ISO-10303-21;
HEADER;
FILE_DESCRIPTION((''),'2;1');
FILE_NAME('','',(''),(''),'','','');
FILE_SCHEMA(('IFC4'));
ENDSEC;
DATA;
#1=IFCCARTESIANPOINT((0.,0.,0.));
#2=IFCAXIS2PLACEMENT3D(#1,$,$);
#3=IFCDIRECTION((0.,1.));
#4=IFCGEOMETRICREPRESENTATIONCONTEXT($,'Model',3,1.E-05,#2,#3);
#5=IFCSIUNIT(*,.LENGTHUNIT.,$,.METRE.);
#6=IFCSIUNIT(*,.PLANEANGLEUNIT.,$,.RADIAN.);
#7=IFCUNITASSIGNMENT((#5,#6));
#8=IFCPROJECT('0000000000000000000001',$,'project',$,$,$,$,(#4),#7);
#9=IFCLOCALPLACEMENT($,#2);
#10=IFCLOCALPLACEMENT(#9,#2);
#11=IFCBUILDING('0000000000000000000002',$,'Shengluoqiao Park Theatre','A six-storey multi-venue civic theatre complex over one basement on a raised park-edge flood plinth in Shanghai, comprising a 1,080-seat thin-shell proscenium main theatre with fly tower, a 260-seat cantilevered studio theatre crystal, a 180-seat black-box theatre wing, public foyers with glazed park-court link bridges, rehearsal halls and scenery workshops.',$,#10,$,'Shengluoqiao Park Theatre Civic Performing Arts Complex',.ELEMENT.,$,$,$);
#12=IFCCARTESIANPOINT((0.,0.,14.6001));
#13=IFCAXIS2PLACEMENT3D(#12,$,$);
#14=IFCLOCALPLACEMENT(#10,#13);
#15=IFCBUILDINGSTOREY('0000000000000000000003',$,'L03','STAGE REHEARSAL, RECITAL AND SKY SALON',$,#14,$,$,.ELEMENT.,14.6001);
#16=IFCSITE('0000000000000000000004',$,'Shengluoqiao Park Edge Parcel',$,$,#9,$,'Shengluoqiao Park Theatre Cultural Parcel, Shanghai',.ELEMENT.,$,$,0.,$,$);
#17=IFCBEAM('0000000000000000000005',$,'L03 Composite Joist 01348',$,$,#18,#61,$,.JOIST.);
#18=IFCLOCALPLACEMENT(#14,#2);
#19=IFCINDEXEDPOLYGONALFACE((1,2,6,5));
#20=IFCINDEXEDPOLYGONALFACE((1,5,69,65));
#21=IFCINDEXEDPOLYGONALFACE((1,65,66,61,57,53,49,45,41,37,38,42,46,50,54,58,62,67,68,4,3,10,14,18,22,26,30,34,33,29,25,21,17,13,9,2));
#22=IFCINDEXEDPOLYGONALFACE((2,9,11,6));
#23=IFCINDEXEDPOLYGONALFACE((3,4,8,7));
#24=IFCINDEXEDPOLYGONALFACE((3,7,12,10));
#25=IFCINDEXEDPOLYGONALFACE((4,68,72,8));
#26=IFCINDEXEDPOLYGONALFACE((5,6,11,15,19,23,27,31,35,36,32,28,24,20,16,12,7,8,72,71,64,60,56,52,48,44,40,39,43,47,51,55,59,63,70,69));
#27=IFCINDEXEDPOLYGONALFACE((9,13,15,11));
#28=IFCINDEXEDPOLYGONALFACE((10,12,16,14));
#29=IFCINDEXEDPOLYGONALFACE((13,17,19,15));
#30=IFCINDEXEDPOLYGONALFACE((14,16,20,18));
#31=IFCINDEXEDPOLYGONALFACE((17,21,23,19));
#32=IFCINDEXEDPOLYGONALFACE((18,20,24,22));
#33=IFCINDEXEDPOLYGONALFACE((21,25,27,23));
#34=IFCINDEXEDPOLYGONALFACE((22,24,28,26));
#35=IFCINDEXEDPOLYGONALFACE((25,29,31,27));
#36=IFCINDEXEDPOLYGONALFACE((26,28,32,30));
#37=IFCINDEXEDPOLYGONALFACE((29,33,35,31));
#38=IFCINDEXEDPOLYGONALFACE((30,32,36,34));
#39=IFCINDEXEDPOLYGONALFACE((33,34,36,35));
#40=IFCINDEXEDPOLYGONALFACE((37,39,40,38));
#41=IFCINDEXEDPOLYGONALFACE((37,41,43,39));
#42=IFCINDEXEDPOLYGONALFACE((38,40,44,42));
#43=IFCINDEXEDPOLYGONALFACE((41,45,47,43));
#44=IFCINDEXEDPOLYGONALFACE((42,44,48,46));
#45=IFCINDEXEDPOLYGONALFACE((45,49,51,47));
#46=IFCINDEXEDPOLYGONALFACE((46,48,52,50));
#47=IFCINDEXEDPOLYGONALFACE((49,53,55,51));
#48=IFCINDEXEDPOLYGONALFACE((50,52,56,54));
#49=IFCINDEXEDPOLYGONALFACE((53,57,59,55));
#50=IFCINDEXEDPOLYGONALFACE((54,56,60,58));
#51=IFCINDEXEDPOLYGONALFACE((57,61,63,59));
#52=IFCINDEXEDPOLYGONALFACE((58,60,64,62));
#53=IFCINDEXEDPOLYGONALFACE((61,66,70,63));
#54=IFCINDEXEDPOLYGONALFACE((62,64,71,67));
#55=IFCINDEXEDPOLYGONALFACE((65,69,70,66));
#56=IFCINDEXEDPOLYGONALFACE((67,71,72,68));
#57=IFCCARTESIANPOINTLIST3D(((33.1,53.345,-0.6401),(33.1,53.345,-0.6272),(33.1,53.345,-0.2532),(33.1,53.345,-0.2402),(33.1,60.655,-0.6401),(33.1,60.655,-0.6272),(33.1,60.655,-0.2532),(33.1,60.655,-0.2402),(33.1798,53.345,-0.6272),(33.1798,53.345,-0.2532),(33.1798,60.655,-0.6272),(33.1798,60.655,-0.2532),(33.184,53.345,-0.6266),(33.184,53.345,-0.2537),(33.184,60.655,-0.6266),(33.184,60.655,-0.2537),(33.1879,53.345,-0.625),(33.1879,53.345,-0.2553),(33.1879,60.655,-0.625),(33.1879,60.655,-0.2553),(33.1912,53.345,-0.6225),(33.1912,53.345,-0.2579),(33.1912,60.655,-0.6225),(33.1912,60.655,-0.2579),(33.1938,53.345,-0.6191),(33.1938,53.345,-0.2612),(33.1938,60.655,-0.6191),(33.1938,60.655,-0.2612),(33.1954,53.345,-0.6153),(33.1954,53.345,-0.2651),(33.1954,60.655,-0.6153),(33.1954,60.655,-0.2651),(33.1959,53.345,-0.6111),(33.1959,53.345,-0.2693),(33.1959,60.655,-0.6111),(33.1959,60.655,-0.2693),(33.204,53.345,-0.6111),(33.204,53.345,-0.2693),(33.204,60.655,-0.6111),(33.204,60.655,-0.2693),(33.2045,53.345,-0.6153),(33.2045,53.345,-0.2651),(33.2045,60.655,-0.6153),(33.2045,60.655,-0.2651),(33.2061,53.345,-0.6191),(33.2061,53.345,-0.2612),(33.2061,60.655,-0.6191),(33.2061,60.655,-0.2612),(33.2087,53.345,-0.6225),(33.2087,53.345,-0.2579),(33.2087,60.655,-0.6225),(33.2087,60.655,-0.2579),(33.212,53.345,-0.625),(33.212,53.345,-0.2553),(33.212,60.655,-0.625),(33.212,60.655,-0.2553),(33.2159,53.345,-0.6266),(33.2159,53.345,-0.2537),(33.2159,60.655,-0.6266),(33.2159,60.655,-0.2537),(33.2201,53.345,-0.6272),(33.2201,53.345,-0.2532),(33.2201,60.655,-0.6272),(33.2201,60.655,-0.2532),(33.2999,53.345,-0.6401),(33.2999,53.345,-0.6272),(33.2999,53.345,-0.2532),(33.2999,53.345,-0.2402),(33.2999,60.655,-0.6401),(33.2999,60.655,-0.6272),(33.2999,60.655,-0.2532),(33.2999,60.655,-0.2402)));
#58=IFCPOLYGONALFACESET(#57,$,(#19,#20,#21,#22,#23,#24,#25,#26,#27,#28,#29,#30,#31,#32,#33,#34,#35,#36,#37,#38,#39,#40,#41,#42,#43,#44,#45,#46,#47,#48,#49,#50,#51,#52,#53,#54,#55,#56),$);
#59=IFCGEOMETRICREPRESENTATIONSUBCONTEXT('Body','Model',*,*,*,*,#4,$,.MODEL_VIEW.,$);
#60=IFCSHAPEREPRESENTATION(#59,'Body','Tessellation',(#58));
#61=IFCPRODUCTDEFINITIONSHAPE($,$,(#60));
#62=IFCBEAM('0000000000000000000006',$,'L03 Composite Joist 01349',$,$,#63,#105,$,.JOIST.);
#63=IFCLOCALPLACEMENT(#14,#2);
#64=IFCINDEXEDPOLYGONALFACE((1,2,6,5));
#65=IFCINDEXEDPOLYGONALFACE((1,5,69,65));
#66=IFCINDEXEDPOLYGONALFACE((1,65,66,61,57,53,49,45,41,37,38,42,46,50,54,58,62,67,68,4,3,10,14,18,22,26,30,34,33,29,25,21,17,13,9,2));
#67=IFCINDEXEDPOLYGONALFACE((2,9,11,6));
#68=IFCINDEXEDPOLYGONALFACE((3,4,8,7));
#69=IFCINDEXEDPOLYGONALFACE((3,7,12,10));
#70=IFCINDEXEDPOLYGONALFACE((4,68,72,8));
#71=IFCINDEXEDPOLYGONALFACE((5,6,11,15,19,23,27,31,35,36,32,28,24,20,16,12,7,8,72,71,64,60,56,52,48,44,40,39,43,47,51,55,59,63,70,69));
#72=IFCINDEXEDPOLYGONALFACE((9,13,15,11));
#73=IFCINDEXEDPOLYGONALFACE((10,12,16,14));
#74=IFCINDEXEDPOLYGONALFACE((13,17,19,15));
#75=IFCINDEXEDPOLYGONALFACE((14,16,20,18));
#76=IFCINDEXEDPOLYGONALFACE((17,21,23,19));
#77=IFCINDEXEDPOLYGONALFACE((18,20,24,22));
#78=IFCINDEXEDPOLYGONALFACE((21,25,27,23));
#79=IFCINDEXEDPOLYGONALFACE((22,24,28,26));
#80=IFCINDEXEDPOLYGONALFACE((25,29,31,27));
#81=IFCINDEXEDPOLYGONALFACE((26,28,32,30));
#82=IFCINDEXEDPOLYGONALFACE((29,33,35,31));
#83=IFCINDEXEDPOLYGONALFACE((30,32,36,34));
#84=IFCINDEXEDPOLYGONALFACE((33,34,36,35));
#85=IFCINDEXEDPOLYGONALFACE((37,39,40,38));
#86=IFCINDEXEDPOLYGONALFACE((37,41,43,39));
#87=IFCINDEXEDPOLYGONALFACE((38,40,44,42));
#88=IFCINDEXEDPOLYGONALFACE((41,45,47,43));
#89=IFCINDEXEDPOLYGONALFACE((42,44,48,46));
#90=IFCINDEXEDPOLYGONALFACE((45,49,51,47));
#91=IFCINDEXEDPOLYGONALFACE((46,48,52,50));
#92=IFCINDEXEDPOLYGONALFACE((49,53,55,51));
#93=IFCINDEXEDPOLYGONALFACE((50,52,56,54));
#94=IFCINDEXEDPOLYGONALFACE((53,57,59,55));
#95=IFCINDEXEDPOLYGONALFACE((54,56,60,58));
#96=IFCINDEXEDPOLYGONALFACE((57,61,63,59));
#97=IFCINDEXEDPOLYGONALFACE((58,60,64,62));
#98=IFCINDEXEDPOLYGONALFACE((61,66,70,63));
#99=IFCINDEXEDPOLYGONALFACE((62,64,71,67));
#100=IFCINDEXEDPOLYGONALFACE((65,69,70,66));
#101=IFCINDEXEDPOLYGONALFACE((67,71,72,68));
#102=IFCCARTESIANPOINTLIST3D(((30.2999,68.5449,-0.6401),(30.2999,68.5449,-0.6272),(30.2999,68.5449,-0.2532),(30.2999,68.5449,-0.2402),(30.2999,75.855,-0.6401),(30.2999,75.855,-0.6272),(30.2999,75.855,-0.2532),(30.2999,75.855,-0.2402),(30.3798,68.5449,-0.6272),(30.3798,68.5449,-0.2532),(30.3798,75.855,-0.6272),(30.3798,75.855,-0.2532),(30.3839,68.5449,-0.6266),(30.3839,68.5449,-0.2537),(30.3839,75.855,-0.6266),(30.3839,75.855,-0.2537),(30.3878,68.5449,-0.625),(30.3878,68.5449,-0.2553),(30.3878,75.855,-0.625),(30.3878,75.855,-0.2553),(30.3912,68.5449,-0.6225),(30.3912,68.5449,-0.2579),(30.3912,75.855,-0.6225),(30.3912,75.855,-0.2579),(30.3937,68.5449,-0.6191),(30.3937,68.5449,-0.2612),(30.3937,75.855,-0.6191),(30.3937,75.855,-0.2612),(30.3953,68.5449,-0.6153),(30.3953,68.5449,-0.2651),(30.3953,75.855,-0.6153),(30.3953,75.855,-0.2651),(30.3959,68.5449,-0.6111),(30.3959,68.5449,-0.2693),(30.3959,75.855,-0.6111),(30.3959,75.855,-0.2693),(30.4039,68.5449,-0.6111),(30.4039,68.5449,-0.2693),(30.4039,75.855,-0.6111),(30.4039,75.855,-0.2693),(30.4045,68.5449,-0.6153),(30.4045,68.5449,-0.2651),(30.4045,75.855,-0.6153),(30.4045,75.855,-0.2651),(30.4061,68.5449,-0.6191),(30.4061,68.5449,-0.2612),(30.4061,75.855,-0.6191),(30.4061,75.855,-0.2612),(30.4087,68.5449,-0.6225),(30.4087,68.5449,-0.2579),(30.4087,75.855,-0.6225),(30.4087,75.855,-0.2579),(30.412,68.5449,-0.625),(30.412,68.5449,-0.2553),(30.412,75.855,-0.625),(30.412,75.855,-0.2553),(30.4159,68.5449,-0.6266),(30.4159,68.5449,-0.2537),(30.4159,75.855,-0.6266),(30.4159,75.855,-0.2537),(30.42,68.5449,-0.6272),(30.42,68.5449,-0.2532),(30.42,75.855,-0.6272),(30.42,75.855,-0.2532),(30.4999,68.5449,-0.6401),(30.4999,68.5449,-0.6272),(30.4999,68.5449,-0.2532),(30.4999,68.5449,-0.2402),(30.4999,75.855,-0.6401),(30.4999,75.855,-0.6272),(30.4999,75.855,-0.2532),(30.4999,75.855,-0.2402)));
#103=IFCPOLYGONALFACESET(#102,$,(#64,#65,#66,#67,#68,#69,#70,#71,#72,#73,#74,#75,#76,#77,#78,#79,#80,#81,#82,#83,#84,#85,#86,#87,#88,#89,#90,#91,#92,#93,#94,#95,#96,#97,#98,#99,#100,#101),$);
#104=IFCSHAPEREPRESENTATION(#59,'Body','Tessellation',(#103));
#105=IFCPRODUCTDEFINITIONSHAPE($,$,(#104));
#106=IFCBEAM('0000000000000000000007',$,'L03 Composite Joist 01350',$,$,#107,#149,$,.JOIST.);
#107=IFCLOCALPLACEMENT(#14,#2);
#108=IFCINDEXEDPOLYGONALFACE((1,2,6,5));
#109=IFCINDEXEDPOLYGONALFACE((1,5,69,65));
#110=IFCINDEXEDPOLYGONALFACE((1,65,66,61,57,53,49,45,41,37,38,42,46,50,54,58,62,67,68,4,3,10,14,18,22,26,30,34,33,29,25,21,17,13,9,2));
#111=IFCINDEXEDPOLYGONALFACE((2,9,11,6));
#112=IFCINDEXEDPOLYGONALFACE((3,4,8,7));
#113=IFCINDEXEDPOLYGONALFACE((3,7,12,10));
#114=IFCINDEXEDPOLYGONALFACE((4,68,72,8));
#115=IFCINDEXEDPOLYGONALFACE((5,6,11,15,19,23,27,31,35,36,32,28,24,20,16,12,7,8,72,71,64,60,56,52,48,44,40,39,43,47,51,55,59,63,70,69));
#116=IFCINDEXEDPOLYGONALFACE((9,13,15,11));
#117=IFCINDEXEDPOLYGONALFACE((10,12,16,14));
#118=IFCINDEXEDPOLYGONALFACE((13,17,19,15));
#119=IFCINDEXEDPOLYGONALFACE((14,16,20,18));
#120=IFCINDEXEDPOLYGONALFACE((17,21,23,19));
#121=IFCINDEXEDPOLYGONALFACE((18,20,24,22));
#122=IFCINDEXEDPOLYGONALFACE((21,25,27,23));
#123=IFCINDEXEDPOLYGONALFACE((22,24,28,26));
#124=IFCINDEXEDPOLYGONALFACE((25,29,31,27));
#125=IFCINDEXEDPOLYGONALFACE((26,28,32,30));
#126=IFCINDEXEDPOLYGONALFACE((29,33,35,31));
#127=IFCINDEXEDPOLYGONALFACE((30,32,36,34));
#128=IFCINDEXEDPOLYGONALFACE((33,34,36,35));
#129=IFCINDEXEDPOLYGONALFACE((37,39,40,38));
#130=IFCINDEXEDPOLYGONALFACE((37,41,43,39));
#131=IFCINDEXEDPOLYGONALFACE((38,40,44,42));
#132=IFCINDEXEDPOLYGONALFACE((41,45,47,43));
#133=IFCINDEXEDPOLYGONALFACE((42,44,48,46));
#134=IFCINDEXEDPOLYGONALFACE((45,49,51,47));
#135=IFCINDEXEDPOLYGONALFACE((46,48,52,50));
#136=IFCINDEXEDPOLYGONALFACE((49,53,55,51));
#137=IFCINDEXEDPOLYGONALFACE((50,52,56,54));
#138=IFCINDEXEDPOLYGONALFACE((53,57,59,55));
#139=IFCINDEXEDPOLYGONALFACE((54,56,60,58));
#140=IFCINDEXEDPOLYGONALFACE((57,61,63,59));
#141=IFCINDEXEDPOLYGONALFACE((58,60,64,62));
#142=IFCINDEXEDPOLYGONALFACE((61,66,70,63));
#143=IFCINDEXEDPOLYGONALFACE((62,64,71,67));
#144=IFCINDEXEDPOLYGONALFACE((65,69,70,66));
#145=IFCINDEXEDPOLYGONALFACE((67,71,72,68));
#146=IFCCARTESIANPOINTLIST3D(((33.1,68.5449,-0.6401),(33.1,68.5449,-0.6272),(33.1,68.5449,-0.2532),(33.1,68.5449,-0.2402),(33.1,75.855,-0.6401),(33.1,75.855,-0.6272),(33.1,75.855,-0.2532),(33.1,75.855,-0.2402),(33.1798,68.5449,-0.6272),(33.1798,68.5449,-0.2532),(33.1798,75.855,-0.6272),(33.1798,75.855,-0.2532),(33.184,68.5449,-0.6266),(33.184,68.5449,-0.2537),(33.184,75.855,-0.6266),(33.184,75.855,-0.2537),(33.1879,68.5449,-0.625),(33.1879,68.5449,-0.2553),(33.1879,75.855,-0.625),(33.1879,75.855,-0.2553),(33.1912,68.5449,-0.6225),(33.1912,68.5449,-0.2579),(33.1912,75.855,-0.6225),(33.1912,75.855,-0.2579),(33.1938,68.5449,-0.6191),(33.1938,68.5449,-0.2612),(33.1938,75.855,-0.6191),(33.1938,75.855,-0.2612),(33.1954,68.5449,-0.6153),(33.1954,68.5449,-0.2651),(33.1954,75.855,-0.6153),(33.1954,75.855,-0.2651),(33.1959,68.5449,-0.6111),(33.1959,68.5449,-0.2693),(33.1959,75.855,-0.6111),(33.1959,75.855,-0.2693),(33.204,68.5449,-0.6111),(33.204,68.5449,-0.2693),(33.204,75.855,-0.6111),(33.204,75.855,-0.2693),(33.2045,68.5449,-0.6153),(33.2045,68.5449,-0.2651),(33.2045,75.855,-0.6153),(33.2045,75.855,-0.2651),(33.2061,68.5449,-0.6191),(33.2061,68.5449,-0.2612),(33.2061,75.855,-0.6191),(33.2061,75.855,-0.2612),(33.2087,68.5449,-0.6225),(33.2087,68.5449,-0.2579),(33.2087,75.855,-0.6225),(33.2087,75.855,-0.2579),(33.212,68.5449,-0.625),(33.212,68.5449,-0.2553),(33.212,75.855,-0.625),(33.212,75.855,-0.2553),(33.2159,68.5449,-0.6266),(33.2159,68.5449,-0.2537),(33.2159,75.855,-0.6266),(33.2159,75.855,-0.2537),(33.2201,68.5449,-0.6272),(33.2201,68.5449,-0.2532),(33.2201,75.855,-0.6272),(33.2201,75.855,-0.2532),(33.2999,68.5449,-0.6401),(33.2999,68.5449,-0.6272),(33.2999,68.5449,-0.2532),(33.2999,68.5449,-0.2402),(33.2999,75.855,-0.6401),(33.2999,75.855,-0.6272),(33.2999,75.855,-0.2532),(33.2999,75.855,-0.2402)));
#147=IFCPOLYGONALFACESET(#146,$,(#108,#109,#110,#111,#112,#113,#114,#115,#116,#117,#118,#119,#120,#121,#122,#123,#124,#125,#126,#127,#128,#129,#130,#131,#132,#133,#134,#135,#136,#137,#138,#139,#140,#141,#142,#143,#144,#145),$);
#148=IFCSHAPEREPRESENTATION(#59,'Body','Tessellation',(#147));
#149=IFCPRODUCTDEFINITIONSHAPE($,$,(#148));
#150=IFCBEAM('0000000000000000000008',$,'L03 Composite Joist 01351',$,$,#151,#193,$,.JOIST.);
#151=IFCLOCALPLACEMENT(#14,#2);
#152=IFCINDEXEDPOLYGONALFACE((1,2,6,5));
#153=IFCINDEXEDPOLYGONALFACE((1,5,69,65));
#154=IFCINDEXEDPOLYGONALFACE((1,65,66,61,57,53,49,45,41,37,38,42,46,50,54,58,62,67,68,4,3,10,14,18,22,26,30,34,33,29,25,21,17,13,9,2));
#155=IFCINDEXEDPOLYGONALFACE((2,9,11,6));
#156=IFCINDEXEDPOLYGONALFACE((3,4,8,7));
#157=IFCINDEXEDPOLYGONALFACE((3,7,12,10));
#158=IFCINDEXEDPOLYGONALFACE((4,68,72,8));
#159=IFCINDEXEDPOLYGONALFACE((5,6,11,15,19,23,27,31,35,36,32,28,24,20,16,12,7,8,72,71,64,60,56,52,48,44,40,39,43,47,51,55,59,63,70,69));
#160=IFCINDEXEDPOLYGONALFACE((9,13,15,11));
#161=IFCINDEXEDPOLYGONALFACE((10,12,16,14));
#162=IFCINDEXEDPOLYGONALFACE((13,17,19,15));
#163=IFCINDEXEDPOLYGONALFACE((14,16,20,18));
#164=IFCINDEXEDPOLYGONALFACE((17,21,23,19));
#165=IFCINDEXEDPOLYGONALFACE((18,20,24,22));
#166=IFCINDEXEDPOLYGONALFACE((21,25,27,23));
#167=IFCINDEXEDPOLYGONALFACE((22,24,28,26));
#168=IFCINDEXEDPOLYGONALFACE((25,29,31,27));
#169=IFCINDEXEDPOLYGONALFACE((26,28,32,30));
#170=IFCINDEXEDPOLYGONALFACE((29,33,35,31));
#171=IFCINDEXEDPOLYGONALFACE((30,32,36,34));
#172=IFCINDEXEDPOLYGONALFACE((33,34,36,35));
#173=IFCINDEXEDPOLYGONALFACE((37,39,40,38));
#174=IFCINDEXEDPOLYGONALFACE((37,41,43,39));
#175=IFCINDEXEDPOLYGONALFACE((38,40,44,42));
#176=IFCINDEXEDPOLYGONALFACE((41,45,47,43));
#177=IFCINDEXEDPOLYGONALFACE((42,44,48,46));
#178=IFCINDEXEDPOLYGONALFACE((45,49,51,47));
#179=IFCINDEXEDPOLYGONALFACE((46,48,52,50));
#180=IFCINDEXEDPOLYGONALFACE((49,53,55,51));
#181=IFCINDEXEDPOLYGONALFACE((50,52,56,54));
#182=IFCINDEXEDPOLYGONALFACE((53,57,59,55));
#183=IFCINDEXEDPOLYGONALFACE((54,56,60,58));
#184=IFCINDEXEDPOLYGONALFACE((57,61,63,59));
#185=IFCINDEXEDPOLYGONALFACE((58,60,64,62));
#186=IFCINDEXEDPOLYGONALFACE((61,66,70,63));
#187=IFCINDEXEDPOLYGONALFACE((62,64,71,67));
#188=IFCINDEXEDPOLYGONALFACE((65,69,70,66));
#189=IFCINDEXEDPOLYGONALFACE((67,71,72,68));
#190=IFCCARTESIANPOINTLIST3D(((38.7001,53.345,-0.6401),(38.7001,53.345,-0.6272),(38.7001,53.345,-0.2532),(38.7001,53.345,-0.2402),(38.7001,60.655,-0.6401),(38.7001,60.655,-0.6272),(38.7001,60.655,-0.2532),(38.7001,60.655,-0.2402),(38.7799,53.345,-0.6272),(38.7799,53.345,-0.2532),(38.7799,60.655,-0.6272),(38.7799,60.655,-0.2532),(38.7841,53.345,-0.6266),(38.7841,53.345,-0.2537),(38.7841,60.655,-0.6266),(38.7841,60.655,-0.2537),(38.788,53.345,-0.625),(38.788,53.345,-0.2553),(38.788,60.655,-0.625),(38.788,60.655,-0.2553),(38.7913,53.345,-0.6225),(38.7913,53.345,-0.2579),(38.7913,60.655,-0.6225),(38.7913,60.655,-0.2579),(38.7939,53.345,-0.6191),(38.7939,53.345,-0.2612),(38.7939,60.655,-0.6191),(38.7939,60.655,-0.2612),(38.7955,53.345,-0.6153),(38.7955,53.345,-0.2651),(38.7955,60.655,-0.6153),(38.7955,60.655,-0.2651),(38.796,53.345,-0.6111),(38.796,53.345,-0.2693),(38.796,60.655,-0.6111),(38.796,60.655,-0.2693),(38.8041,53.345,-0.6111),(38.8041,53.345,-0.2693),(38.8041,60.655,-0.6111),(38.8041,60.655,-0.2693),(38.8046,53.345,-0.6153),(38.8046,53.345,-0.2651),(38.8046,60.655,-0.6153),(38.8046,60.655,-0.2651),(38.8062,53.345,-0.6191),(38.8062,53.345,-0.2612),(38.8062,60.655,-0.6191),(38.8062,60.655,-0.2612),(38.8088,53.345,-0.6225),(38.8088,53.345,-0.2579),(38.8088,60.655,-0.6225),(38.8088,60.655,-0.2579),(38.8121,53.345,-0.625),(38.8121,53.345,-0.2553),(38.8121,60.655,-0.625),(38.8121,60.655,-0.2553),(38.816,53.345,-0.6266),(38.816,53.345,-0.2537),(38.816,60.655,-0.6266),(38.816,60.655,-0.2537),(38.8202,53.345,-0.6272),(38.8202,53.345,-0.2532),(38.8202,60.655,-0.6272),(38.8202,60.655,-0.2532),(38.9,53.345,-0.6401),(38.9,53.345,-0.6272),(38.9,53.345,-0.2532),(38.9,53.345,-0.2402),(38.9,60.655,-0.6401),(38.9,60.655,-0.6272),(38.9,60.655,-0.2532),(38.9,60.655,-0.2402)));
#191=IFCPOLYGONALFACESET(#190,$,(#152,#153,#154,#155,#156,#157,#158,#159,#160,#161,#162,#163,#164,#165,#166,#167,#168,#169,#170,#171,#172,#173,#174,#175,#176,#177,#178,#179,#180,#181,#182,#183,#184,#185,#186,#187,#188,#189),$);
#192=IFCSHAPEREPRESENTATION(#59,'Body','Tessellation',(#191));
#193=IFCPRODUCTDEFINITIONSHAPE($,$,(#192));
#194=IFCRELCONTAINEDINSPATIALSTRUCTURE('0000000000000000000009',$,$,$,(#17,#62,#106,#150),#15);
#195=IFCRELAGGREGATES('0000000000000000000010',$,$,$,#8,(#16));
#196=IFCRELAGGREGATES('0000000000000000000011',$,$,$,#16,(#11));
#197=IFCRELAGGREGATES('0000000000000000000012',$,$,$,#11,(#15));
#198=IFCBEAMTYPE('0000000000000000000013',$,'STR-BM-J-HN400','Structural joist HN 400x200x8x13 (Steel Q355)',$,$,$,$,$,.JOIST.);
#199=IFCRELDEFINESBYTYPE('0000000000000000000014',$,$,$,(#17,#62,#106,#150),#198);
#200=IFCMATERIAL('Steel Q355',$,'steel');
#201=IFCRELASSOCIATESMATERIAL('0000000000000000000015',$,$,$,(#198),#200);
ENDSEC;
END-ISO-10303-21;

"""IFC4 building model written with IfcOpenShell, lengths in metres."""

from ifc_helpers import new_model, si_unit, direction, frame, origin, origin_2d, place, context, subcontext, project, spatial, i_section, extrude, material, material_profile, profile_set, type_object, element, save


model = new_model("IFC4")

# Units and contexts
model_context = context("Model", 3, precision=1e-05, world=origin(), true_north=direction((0.0, 1.0)))
body_context = subcontext(model_context, "Body", "Model", "MODEL_VIEW")
ifc_project = project(units=[si_unit("LENGTHUNIT", "METRE"), si_unit("PLANEANGLEUNIT", "RADIAN")], contexts=[model_context])

# Site, building, storey
site_placement = place(None, origin())
site = spatial("IfcSite", under=ifc_project, at=site_placement, Name="Shengluoqiao Park Edge Parcel", LongName="Shengluoqiao Park Theatre Cultural Parcel, Shanghai", CompositionType="ELEMENT", RefElevation=0.0)
building_placement = place(site_placement, origin())
building = spatial("IfcBuilding", under=site, at=building_placement, Name="Shengluoqiao Park Theatre", Description="A six-storey multi-venue civic theatre complex over one basement on a raised park-edge flood plinth in Shanghai, comprising a 1,080-seat thin-shell proscenium main theatre with fly tower, a 260-seat cantilevered studio theatre crystal, a 180-seat black-box theatre wing, public foyers with glazed park-court link bridges, rehearsal halls and scenery workshops.", LongName="Shengluoqiao Park Theatre Civic Performing Arts Complex", CompositionType="ELEMENT")
storey_placement = place(building_placement, frame((0.0, 0.0, 14.6001)))
storey = spatial("IfcBuildingStorey", under=building, at=storey_placement, Name="L03", Description="STAGE REHEARSAL, RECITAL AND SKY SALON", CompositionType="ELEMENT", Elevation=14.6001)

# Beams
ifc_material_1 = material(Name="Steel Q355", Category="steel")
ifc_material_profile_1 = material_profile(ifc_material_1, i_section(OverallWidth=0.2, OverallDepth=0.3999, WebThickness=0.0081, FlangeThickness=0.0129, FilletRadius=0.0161, at=origin_2d()), Name="HN 400x200x8x13")
ifc_profile_set_1 = profile_set([ifc_material_profile_1], Name="Steel Q355")
beam_type_1 = type_object("IfcBeamType", Name="STR-BM-J-HN400", Description="Structural joist HN 400x200x8x13 (Steel Q355)", PredefinedType="JOIST", material=ifc_profile_set_1)
for number, where, z_axis, x_axis, name in (
    (1, (33.2, 53.345, -0.4402), (0.0, 1.0, 0.0), (-1.0, 0.0, 0.0), "L03 Composite Joist 01348"),
    (2, (30.3999, 68.5449, -0.4402), (0.0, 1.0, 0.0), (-1.0, 0.0, 0.0), "L03 Composite Joist 01349"),
    (3, (33.2, 68.5449, -0.4402), (0.0, 1.0, 0.0), (-1.0, 0.0, 0.0), "L03 Composite Joist 01350"),
    (4, (38.8, 53.345, -0.4402), (0.0, 1.0, 0.0), (-1.0, 0.0, 0.0), "L03 Composite Joist 01351"),
):
    element("IfcBeam", number, at=place(storey_placement, frame(where, z_axis=z_axis, x_axis=x_axis)), inside=storey, type_object=beam_type_1, Name=name, PredefinedType="JOIST", context=body_context, shape_type="SweptSolid", body=[
        extrude(i_section(OverallWidth=0.2, OverallDepth=0.3999, WebThickness=0.0081, FlangeThickness=0.0129, FilletRadius=0.0161, at=origin_2d()), origin(), (0.0, 0.0, 1.0), 7.3101),
    ])

save(model, "model.ifc")
